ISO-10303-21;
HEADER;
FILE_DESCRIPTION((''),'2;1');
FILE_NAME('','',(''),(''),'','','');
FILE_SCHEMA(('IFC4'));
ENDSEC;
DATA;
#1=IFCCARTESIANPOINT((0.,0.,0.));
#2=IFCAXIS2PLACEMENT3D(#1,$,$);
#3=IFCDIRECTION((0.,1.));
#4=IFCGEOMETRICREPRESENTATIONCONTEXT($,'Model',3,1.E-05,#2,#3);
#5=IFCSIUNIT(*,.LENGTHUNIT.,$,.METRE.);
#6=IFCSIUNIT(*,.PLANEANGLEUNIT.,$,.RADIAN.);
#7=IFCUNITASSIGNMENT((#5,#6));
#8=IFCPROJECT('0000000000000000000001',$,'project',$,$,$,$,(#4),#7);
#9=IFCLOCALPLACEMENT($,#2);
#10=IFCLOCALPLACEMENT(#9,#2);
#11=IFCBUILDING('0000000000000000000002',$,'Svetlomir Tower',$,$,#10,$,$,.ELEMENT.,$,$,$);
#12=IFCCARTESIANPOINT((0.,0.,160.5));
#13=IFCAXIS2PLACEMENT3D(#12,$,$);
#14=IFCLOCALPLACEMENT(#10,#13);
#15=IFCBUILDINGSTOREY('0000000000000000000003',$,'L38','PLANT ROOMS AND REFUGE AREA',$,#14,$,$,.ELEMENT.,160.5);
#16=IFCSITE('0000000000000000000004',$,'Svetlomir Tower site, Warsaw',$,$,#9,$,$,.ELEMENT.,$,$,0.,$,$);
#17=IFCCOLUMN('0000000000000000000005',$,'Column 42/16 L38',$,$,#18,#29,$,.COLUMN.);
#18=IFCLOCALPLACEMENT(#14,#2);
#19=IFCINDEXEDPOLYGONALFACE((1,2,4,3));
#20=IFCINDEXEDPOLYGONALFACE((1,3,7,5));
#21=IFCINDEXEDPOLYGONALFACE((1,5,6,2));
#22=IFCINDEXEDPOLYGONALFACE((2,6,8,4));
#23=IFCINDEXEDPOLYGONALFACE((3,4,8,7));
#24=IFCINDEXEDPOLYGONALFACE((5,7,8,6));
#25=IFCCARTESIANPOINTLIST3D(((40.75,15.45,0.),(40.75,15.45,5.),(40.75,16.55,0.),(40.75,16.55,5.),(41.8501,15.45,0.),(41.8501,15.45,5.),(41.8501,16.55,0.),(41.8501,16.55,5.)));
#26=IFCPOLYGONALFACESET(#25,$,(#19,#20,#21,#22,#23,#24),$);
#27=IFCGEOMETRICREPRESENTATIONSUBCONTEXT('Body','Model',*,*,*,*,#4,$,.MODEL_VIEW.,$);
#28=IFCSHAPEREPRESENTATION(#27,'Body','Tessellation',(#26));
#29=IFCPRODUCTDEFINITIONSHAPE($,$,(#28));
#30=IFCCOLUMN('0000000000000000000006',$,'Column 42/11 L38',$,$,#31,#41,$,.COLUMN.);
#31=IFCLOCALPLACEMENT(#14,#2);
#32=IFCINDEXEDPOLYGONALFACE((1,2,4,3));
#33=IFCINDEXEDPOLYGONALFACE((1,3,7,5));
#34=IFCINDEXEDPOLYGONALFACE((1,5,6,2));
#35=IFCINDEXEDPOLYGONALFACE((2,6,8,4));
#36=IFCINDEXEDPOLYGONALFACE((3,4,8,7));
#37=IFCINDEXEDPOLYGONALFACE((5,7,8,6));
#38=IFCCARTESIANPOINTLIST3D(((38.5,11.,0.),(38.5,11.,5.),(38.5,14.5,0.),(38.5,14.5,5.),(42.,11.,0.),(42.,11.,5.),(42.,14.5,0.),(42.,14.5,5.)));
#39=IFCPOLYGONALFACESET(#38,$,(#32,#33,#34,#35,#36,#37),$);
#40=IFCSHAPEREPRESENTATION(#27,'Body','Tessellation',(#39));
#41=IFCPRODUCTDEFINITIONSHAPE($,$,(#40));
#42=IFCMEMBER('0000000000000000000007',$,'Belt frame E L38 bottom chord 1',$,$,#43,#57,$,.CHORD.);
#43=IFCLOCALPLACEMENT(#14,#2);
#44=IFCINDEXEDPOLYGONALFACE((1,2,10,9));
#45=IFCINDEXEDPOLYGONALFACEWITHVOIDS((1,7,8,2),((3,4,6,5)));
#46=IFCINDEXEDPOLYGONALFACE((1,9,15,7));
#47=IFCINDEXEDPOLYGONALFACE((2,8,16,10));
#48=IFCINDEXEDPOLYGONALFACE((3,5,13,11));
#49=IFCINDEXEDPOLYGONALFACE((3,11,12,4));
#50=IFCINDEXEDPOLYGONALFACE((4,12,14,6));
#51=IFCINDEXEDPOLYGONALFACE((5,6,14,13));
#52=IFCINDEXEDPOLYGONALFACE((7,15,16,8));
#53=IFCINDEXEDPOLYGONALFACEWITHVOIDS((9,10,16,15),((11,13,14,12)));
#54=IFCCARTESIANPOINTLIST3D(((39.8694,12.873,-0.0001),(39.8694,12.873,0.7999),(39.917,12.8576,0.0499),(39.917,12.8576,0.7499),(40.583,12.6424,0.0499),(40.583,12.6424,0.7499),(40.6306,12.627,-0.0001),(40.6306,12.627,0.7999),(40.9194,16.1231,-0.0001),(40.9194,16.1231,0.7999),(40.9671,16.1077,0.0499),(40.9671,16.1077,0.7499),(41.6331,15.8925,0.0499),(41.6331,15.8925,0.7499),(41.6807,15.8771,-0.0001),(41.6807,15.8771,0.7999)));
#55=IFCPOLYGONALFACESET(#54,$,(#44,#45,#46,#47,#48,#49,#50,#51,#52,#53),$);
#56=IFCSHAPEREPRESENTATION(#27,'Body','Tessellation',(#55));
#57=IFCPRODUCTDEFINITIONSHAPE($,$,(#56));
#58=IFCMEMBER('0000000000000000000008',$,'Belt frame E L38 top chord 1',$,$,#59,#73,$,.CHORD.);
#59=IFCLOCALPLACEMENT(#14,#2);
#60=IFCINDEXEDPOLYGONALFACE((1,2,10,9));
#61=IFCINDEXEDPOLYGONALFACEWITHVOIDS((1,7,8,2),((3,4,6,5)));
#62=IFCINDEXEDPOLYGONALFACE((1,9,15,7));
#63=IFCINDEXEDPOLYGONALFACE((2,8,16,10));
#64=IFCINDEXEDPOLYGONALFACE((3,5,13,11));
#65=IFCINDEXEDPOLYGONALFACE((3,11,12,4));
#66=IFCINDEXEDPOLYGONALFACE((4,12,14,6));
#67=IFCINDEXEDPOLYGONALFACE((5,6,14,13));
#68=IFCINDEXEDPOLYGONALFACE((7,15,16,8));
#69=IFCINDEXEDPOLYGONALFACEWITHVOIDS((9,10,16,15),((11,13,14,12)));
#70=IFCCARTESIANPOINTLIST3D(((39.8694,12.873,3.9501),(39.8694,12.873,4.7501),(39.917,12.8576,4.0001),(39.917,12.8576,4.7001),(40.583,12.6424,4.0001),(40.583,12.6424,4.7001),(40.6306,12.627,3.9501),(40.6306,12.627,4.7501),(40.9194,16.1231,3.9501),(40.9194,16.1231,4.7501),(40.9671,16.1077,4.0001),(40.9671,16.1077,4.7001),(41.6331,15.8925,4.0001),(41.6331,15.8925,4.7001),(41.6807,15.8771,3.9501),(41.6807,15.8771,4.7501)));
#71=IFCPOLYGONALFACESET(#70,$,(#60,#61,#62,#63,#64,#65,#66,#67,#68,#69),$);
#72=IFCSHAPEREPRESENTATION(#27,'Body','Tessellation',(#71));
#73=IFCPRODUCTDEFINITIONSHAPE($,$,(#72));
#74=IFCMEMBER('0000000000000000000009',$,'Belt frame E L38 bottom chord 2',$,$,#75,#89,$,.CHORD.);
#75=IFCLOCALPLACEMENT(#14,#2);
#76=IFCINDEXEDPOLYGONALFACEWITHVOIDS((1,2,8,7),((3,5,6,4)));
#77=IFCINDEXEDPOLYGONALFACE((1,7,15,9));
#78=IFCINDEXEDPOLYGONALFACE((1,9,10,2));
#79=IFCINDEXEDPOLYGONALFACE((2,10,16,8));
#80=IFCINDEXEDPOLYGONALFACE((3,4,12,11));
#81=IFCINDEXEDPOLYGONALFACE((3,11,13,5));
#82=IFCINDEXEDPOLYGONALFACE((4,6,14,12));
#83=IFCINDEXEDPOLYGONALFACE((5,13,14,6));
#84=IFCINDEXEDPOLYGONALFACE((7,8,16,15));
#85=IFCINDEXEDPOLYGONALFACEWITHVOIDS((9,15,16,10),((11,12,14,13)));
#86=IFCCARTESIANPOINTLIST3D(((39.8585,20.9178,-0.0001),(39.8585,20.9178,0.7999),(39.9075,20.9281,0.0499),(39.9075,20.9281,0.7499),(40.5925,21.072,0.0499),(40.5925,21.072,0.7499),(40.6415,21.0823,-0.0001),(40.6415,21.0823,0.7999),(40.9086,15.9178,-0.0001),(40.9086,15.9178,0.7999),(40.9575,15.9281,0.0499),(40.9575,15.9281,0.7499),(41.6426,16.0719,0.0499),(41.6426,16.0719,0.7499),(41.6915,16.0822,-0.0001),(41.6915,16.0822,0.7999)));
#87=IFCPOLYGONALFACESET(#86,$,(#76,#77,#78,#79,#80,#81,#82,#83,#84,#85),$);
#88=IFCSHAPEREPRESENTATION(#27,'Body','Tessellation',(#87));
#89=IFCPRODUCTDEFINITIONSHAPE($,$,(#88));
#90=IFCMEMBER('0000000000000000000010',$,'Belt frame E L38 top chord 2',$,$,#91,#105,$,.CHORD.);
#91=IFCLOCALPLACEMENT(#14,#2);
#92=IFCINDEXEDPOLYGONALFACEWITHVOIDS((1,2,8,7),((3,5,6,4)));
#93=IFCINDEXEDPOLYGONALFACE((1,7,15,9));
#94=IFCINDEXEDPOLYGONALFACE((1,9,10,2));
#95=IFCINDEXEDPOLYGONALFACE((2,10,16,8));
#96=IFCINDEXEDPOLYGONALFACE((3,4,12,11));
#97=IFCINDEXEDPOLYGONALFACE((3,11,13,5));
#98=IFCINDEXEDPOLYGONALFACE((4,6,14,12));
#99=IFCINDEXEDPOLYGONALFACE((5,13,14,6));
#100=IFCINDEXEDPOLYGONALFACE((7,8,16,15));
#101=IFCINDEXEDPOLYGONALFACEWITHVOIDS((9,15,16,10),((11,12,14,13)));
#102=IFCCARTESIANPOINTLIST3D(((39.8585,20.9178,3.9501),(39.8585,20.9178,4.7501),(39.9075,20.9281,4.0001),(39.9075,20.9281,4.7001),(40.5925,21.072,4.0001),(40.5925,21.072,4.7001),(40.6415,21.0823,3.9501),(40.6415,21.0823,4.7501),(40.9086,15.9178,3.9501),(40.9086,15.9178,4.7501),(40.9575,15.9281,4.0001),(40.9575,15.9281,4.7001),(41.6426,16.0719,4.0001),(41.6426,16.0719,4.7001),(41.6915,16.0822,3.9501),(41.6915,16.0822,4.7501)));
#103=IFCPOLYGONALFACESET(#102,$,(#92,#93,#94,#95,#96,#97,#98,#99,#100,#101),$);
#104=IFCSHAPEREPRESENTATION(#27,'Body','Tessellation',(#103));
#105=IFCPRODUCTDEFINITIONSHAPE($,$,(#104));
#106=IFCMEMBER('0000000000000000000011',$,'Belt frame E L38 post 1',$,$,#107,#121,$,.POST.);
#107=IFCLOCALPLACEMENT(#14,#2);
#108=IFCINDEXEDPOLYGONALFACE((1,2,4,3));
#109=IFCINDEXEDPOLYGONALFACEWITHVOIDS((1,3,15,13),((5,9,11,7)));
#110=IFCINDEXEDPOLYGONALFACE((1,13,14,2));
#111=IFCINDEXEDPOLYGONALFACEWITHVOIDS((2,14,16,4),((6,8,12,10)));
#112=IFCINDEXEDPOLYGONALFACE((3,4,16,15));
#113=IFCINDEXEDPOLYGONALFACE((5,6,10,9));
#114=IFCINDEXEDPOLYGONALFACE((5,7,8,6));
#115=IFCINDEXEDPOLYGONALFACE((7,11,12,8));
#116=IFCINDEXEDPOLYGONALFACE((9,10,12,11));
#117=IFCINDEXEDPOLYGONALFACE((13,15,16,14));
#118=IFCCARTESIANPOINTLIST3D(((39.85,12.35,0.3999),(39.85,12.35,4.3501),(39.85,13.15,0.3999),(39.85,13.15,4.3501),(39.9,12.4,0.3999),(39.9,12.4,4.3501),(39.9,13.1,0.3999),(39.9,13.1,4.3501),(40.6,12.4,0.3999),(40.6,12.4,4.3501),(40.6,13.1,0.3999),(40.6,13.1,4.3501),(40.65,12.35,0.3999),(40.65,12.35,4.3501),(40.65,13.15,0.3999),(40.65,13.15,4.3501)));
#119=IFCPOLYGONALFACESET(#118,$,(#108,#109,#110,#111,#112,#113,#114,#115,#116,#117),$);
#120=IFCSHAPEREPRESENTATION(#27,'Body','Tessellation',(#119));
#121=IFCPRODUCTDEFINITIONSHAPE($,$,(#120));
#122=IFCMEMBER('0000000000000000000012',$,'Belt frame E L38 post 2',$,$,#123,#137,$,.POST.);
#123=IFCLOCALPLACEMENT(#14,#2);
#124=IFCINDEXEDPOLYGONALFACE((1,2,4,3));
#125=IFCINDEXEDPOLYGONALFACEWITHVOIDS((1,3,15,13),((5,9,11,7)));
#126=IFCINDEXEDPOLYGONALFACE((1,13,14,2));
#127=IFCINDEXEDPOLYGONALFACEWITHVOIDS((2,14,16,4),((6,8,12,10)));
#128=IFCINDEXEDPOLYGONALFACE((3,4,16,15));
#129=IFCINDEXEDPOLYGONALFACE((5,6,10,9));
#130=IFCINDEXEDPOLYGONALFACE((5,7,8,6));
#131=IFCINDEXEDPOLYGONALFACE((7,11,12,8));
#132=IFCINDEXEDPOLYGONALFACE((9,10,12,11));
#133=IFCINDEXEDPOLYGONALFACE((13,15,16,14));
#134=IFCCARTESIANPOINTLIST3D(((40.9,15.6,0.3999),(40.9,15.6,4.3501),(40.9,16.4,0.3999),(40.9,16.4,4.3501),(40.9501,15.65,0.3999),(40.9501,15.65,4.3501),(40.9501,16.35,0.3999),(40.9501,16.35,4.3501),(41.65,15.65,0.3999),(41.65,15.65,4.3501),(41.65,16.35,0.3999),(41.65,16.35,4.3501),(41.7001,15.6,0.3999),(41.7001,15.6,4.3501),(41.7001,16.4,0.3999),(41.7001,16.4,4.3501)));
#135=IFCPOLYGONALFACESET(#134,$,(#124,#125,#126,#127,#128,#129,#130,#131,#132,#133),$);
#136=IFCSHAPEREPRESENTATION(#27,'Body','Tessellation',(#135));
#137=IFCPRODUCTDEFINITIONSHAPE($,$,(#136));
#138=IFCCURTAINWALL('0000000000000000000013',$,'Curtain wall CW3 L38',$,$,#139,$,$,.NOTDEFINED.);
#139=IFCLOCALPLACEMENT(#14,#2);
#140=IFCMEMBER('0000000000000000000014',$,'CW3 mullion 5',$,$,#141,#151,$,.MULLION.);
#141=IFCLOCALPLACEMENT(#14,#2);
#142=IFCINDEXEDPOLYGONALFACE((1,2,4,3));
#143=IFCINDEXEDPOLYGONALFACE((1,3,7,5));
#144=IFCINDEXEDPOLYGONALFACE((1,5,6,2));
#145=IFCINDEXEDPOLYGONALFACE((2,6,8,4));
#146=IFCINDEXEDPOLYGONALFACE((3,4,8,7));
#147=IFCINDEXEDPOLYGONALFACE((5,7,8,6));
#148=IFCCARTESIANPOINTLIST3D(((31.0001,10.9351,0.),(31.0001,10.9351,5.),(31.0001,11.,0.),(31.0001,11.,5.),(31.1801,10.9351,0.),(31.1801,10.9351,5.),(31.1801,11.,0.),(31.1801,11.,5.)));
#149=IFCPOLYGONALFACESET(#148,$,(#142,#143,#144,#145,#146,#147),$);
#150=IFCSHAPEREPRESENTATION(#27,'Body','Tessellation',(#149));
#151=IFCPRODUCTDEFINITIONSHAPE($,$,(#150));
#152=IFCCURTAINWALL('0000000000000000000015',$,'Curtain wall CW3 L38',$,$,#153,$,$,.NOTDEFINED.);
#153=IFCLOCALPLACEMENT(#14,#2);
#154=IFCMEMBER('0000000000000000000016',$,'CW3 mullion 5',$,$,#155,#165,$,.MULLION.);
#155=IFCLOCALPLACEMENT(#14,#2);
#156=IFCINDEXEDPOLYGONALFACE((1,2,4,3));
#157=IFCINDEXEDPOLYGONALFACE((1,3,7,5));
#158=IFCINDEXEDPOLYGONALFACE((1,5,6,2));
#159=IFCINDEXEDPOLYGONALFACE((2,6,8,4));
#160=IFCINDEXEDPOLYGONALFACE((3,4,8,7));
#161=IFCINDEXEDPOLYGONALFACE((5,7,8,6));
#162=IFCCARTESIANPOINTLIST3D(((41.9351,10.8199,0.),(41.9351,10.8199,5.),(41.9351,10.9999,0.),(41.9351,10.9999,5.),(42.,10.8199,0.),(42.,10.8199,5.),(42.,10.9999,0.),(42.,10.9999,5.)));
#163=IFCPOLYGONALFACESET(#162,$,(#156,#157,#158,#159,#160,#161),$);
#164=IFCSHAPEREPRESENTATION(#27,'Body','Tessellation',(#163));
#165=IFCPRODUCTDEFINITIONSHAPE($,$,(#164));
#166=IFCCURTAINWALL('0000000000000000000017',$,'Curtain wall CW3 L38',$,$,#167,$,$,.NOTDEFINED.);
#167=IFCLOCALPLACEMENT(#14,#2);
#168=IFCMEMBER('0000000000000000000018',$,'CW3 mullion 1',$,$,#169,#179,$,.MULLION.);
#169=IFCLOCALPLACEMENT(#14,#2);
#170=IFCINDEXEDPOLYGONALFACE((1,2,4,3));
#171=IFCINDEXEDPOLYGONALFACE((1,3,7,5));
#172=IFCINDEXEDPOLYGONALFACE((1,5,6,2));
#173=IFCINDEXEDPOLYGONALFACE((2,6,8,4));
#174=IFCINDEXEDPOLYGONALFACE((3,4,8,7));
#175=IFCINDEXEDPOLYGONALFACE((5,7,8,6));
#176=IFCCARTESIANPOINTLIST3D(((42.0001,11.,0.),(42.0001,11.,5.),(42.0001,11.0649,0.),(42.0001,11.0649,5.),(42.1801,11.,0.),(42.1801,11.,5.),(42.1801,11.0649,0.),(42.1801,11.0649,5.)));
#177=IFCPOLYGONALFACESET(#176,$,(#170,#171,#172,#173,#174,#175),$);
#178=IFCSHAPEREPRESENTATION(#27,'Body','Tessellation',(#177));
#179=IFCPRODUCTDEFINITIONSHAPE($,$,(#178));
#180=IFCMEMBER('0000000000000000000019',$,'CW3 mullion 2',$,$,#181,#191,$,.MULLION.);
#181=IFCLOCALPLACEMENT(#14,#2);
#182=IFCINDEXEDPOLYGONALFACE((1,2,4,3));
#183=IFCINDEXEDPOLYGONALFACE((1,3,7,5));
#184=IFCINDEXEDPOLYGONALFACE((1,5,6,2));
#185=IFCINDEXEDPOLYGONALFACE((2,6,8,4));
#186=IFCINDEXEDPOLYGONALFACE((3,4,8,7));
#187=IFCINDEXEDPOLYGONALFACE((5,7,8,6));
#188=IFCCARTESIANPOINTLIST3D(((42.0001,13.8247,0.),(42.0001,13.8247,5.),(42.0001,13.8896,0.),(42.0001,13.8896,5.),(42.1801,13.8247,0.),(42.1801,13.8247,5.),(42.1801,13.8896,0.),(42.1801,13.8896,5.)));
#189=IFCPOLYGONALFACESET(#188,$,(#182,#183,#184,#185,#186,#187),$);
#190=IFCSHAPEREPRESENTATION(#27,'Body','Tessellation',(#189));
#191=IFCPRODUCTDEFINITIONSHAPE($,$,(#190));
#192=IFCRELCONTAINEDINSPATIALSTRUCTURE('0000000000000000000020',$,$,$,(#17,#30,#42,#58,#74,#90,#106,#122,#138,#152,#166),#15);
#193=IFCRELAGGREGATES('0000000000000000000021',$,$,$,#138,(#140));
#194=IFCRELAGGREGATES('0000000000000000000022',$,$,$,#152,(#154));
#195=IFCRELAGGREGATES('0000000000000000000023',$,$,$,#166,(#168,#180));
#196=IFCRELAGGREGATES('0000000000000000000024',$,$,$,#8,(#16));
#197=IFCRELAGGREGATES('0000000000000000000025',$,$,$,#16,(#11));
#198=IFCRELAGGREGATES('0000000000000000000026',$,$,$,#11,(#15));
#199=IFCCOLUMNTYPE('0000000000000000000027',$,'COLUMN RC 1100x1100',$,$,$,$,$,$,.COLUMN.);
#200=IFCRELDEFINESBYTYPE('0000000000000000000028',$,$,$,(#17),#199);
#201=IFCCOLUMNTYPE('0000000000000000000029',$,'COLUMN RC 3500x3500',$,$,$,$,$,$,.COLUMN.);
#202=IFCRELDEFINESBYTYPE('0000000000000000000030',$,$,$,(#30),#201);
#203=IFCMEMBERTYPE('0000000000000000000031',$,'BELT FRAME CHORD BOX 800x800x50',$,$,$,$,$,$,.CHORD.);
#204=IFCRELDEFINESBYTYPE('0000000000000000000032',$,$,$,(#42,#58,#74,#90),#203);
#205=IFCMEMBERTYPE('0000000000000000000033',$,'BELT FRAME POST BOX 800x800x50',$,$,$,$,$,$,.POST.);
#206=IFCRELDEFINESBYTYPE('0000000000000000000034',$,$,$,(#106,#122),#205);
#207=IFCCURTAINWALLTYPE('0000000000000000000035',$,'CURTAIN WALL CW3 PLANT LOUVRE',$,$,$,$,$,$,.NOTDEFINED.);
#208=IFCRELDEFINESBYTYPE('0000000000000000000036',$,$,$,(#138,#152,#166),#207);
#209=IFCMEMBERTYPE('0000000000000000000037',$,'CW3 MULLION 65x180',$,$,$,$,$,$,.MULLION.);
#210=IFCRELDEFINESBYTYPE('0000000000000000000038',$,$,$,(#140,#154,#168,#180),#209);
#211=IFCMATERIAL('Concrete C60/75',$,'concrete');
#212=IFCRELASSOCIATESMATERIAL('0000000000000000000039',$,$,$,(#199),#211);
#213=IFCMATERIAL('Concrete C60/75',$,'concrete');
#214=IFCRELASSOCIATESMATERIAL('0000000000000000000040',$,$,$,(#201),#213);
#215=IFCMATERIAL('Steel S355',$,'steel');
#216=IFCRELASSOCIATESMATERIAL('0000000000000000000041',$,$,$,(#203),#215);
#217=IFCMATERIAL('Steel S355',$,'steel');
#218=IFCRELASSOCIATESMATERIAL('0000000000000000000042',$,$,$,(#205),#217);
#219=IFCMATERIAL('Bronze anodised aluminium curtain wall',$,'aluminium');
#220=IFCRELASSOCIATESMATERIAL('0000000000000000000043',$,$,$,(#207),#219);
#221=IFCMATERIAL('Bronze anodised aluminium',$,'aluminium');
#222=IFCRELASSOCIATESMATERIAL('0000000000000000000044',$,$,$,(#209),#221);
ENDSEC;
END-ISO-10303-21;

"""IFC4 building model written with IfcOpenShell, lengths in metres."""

from ifc_helpers import new_model, si_unit, direction, frame, origin, origin_2d, place, context, subcontext, project, spatial, rectangle, hollow_rectangle, extrude, material, material_profile, profile_set, type_object, element, aggregate, save


model = new_model("IFC4")

# Units and contexts
model_context = context("Model", 3, precision=1e-05, world=origin(), true_north=direction((0.0, 1.0)))
body_context = subcontext(model_context, "Body", "Model", "MODEL_VIEW")
ifc_project = project(units=[si_unit("LENGTHUNIT", "METRE"), si_unit("PLANEANGLEUNIT", "RADIAN")], contexts=[model_context])

# Site, building, storey
site_placement = place(None, origin())
site = spatial("IfcSite", under=ifc_project, at=site_placement, Name="Svetlomir Tower site, Warsaw", CompositionType="ELEMENT", RefElevation=0.0)
building_placement = place(site_placement, origin())
building = spatial("IfcBuilding", under=site, at=building_placement, Name="Svetlomir Tower", CompositionType="ELEMENT")
storey_placement = place(building_placement, frame((0.0, 0.0, 160.5)))
storey = spatial("IfcBuildingStorey", under=building, at=storey_placement, Name="L38", Description="PLANT ROOMS AND REFUGE AREA", CompositionType="ELEMENT", Elevation=160.5)

# Columns
ifc_material_1 = material(Name="Concrete C60/75", Category="concrete")
ifc_material_profile_1 = material_profile(ifc_material_1, rectangle(XDim=1.1001, YDim=1.1001, at=origin_2d()), Name="RC 1100x1100")
ifc_profile_set_1 = profile_set([ifc_material_profile_1], Name="Concrete C60/75")
column_type_1 = type_object("IfcColumnType", Name="COLUMN RC 1100x1100", PredefinedType="COLUMN", material=ifc_profile_set_1)
column_1_placement = place(storey_placement, frame((41.3, 16.0, 0.0), z_axis=(0.0, 0.0, 1.0), x_axis=(1.0, 0.0, 0.0)))
element("IfcColumn", 1, at=column_1_placement, inside=storey, type_object=column_type_1, Name="Column 42/16 L38", PredefinedType="COLUMN", context=body_context, shape_type="SweptSolid", body=[
    extrude(rectangle(XDim=1.1001, YDim=1.1001, at=origin_2d()), origin(), (0.0, 0.0, 1.0), 5.0),
])
ifc_material_2 = material(Name="Concrete C60/75", Category="concrete")
ifc_material_profile_2 = material_profile(ifc_material_2, rectangle(XDim=3.5, YDim=3.5, at=origin_2d()), Name="RC 3500x3500")
ifc_profile_set_2 = profile_set([ifc_material_profile_2], Name="Concrete C60/75")
column_type_2 = type_object("IfcColumnType", Name="COLUMN RC 3500x3500", PredefinedType="COLUMN", material=ifc_profile_set_2)
column_2_placement = place(storey_placement, frame((40.25, 12.75, 0.0), z_axis=(0.0, 0.0, 1.0), x_axis=(1.0, 0.0, 0.0)))
element("IfcColumn", 2, at=column_2_placement, inside=storey, type_object=column_type_2, Name="Column 42/11 L38", PredefinedType="COLUMN", context=body_context, shape_type="SweptSolid", body=[
    extrude(rectangle(XDim=3.5, YDim=3.5, at=origin_2d()), origin(), (0.0, 0.0, 1.0), 5.0),
])

# Members
ifc_material_3 = material(Name="Steel S355", Category="steel")
ifc_material_profile_3 = material_profile(ifc_material_3, hollow_rectangle(XDim=0.8, YDim=0.8, WallThickness=0.05, at=origin_2d()), Name="BOX 800x800x50")
ifc_profile_set_3 = profile_set([ifc_material_profile_3], Name="Steel S355")
member_type_1 = type_object("IfcMemberType", Name="BELT FRAME CHORD BOX 800x800x50", PredefinedType="CHORD", material=ifc_profile_set_3)
for number, where, z_axis, x_axis, name in (
    (3, (40.25, 12.75, 0.3999), (0.307443, 0.951566, 0.0), (-0.951566, 0.307443, 0.0), "Belt frame E L38 bottom chord 1"),
    (4, (40.25, 12.75, 4.3501), (0.307443, 0.951566, 0.0), (-0.951566, 0.307443, 0.0), "Belt frame E L38 top chord 1"),
):
    element("IfcMember", number, at=place(storey_placement, frame(where, z_axis=z_axis, x_axis=x_axis)), inside=storey, type_object=member_type_1, Name=name, PredefinedType="CHORD", context=body_context, shape_type="SweptSolid", body=[
        extrude(hollow_rectangle(XDim=0.8, YDim=0.8, WallThickness=0.05, at=origin_2d()), origin(), (0.0, 0.0, 1.0), 3.4155),
    ])
for number, where, z_axis, x_axis, name in (
    (5, (41.3, 16.0, 0.3999), (-0.205526, 0.978652, 0.0), (-0.978652, -0.205526, 0.0), "Belt frame E L38 bottom chord 2"),
    (6, (41.3, 16.0, 4.3501), (-0.205526, 0.978652, 0.0), (-0.978652, -0.205526, 0.0), "Belt frame E L38 top chord 2"),
):
    element("IfcMember", number, at=place(storey_placement, frame(where, z_axis=z_axis, x_axis=x_axis)), inside=storey, type_object=member_type_1, Name=name, PredefinedType="CHORD", context=body_context, shape_type="SweptSolid", body=[
        extrude(hollow_rectangle(XDim=0.8, YDim=0.8, WallThickness=0.05, at=origin_2d()), origin(), (0.0, 0.0, 1.0), 5.1091),
    ])
ifc_material_4 = material(Name="Steel S355", Category="steel")
ifc_material_profile_4 = material_profile(ifc_material_4, hollow_rectangle(XDim=0.8, YDim=0.8, WallThickness=0.05, at=origin_2d()), Name="BOX 800x800x50")
ifc_profile_set_4 = profile_set([ifc_material_profile_4], Name="Steel S355")
member_type_2 = type_object("IfcMemberType", Name="BELT FRAME POST BOX 800x800x50", PredefinedType="POST", material=ifc_profile_set_4)
for number, where, z_axis, x_axis, name in (
    (7, (40.25, 12.75, 0.3999), (0.0, 0.0, 1.0), (1.0, 0.0, 0.0), "Belt frame E L38 post 1"),
    (8, (41.3, 16.0, 0.3999), (0.0, 0.0, 1.0), (1.0, 0.0, 0.0), "Belt frame E L38 post 2"),
):
    element("IfcMember", number, at=place(storey_placement, frame(where, z_axis=z_axis, x_axis=x_axis)), inside=storey, type_object=member_type_2, Name=name, PredefinedType="POST", context=body_context, shape_type="SweptSolid", body=[
        extrude(hollow_rectangle(XDim=0.8, YDim=0.8, WallThickness=0.05, at=origin_2d()), origin(), (0.0, 0.0, 1.0), 3.9502),
    ])

# Curtain walls, members
ifc_material_5 = material(Name="Bronze anodised aluminium curtain wall", Category="aluminium")
curtain_wall_type = type_object("IfcCurtainWallType", Name="CURTAIN WALL CW3 PLANT LOUVRE", PredefinedType="NOTDEFINED", material=ifc_material_5)
curtain_wall_1_placement = place(storey_placement, origin())
curtain_wall_1 = element("IfcCurtainWall", 9, at=curtain_wall_1_placement, inside=storey, type_object=curtain_wall_type, Name="Curtain wall CW3 L38", PredefinedType="NOTDEFINED")
ifc_material_6 = material(Name="Bronze anodised aluminium", Category="aluminium")
ifc_material_profile_5 = material_profile(ifc_material_6, rectangle(XDim=0.0649, YDim=0.1799, at=origin_2d()), Name="AL 65x180")
ifc_profile_set_5 = profile_set([ifc_material_profile_5], Name="Bronze anodised aluminium 6063-T6")
member_type_3 = type_object("IfcMemberType", Name="CW3 MULLION 65x180", PredefinedType="MULLION", material=ifc_profile_set_5)
member_1_placement = place(storey_placement, frame((31.0901, 10.9675, 0.0), z_axis=(0.0, 0.0, 1.0), x_axis=(0.0, 1.0, 0.0)))
member_1 = element("IfcMember", 10, at=member_1_placement, type_object=member_type_3, Name="CW3 mullion 5", PredefinedType="MULLION", context=body_context, shape_type="SweptSolid", body=[
    extrude(rectangle(XDim=0.0649, YDim=0.1799, at=origin_2d()), origin(), (0.0, 0.0, 1.0), 5.0),
])
aggregate(curtain_wall_1, [member_1])
curtain_wall_2_placement = place(storey_placement, origin())
curtain_wall_2 = element("IfcCurtainWall", 11, at=curtain_wall_2_placement, inside=storey, type_object=curtain_wall_type, Name="Curtain wall CW3 L38", PredefinedType="NOTDEFINED")
member_2_placement = place(storey_placement, frame((41.9675, 10.9099, 0.0), z_axis=(0.0, 0.0, 1.0), x_axis=(1.0, 0.0, 0.0)))
member_2 = element("IfcMember", 12, at=member_2_placement, type_object=member_type_3, Name="CW3 mullion 5", PredefinedType="MULLION", context=body_context, shape_type="SweptSolid", body=[
    extrude(rectangle(XDim=0.0649, YDim=0.1799, at=origin_2d()), origin(), (0.0, 0.0, 1.0), 5.0),
])

# Curtain wall, members
curtain_wall_3_placement = place(storey_placement, origin())
curtain_wall_3 = element("IfcCurtainWall", 13, at=curtain_wall_3_placement, inside=storey, type_object=curtain_wall_type, Name="Curtain wall CW3 L38", PredefinedType="NOTDEFINED")
member_3_placement = place(storey_placement, frame((42.0901, 11.0325, 0.0), z_axis=(0.0, 0.0, 1.0), x_axis=(0.0, 1.0, 0.0)))
member_3 = element("IfcMember", 14, at=member_3_placement, type_object=member_type_3, Name="CW3 mullion 1", PredefinedType="MULLION", context=body_context, shape_type="SweptSolid", body=[
    extrude(rectangle(XDim=0.0649, YDim=0.1799, at=origin_2d()), origin(), (0.0, 0.0, 1.0), 5.0),
])
member_4_placement = place(storey_placement, frame((42.0901, 13.8572, 0.0), z_axis=(0.0, 0.0, 1.0), x_axis=(0.0, 1.0, 0.0)))
member_4 = element("IfcMember", 15, at=member_4_placement, type_object=member_type_3, Name="CW3 mullion 2", PredefinedType="MULLION", context=body_context, shape_type="SweptSolid", body=[
    extrude(rectangle(XDim=0.0649, YDim=0.1799, at=origin_2d()), origin(), (0.0, 0.0, 1.0), 5.0),
])

aggregate(curtain_wall_2, [member_2])
aggregate(curtain_wall_3, [member_3, member_4])

save(model, "model.ifc")
